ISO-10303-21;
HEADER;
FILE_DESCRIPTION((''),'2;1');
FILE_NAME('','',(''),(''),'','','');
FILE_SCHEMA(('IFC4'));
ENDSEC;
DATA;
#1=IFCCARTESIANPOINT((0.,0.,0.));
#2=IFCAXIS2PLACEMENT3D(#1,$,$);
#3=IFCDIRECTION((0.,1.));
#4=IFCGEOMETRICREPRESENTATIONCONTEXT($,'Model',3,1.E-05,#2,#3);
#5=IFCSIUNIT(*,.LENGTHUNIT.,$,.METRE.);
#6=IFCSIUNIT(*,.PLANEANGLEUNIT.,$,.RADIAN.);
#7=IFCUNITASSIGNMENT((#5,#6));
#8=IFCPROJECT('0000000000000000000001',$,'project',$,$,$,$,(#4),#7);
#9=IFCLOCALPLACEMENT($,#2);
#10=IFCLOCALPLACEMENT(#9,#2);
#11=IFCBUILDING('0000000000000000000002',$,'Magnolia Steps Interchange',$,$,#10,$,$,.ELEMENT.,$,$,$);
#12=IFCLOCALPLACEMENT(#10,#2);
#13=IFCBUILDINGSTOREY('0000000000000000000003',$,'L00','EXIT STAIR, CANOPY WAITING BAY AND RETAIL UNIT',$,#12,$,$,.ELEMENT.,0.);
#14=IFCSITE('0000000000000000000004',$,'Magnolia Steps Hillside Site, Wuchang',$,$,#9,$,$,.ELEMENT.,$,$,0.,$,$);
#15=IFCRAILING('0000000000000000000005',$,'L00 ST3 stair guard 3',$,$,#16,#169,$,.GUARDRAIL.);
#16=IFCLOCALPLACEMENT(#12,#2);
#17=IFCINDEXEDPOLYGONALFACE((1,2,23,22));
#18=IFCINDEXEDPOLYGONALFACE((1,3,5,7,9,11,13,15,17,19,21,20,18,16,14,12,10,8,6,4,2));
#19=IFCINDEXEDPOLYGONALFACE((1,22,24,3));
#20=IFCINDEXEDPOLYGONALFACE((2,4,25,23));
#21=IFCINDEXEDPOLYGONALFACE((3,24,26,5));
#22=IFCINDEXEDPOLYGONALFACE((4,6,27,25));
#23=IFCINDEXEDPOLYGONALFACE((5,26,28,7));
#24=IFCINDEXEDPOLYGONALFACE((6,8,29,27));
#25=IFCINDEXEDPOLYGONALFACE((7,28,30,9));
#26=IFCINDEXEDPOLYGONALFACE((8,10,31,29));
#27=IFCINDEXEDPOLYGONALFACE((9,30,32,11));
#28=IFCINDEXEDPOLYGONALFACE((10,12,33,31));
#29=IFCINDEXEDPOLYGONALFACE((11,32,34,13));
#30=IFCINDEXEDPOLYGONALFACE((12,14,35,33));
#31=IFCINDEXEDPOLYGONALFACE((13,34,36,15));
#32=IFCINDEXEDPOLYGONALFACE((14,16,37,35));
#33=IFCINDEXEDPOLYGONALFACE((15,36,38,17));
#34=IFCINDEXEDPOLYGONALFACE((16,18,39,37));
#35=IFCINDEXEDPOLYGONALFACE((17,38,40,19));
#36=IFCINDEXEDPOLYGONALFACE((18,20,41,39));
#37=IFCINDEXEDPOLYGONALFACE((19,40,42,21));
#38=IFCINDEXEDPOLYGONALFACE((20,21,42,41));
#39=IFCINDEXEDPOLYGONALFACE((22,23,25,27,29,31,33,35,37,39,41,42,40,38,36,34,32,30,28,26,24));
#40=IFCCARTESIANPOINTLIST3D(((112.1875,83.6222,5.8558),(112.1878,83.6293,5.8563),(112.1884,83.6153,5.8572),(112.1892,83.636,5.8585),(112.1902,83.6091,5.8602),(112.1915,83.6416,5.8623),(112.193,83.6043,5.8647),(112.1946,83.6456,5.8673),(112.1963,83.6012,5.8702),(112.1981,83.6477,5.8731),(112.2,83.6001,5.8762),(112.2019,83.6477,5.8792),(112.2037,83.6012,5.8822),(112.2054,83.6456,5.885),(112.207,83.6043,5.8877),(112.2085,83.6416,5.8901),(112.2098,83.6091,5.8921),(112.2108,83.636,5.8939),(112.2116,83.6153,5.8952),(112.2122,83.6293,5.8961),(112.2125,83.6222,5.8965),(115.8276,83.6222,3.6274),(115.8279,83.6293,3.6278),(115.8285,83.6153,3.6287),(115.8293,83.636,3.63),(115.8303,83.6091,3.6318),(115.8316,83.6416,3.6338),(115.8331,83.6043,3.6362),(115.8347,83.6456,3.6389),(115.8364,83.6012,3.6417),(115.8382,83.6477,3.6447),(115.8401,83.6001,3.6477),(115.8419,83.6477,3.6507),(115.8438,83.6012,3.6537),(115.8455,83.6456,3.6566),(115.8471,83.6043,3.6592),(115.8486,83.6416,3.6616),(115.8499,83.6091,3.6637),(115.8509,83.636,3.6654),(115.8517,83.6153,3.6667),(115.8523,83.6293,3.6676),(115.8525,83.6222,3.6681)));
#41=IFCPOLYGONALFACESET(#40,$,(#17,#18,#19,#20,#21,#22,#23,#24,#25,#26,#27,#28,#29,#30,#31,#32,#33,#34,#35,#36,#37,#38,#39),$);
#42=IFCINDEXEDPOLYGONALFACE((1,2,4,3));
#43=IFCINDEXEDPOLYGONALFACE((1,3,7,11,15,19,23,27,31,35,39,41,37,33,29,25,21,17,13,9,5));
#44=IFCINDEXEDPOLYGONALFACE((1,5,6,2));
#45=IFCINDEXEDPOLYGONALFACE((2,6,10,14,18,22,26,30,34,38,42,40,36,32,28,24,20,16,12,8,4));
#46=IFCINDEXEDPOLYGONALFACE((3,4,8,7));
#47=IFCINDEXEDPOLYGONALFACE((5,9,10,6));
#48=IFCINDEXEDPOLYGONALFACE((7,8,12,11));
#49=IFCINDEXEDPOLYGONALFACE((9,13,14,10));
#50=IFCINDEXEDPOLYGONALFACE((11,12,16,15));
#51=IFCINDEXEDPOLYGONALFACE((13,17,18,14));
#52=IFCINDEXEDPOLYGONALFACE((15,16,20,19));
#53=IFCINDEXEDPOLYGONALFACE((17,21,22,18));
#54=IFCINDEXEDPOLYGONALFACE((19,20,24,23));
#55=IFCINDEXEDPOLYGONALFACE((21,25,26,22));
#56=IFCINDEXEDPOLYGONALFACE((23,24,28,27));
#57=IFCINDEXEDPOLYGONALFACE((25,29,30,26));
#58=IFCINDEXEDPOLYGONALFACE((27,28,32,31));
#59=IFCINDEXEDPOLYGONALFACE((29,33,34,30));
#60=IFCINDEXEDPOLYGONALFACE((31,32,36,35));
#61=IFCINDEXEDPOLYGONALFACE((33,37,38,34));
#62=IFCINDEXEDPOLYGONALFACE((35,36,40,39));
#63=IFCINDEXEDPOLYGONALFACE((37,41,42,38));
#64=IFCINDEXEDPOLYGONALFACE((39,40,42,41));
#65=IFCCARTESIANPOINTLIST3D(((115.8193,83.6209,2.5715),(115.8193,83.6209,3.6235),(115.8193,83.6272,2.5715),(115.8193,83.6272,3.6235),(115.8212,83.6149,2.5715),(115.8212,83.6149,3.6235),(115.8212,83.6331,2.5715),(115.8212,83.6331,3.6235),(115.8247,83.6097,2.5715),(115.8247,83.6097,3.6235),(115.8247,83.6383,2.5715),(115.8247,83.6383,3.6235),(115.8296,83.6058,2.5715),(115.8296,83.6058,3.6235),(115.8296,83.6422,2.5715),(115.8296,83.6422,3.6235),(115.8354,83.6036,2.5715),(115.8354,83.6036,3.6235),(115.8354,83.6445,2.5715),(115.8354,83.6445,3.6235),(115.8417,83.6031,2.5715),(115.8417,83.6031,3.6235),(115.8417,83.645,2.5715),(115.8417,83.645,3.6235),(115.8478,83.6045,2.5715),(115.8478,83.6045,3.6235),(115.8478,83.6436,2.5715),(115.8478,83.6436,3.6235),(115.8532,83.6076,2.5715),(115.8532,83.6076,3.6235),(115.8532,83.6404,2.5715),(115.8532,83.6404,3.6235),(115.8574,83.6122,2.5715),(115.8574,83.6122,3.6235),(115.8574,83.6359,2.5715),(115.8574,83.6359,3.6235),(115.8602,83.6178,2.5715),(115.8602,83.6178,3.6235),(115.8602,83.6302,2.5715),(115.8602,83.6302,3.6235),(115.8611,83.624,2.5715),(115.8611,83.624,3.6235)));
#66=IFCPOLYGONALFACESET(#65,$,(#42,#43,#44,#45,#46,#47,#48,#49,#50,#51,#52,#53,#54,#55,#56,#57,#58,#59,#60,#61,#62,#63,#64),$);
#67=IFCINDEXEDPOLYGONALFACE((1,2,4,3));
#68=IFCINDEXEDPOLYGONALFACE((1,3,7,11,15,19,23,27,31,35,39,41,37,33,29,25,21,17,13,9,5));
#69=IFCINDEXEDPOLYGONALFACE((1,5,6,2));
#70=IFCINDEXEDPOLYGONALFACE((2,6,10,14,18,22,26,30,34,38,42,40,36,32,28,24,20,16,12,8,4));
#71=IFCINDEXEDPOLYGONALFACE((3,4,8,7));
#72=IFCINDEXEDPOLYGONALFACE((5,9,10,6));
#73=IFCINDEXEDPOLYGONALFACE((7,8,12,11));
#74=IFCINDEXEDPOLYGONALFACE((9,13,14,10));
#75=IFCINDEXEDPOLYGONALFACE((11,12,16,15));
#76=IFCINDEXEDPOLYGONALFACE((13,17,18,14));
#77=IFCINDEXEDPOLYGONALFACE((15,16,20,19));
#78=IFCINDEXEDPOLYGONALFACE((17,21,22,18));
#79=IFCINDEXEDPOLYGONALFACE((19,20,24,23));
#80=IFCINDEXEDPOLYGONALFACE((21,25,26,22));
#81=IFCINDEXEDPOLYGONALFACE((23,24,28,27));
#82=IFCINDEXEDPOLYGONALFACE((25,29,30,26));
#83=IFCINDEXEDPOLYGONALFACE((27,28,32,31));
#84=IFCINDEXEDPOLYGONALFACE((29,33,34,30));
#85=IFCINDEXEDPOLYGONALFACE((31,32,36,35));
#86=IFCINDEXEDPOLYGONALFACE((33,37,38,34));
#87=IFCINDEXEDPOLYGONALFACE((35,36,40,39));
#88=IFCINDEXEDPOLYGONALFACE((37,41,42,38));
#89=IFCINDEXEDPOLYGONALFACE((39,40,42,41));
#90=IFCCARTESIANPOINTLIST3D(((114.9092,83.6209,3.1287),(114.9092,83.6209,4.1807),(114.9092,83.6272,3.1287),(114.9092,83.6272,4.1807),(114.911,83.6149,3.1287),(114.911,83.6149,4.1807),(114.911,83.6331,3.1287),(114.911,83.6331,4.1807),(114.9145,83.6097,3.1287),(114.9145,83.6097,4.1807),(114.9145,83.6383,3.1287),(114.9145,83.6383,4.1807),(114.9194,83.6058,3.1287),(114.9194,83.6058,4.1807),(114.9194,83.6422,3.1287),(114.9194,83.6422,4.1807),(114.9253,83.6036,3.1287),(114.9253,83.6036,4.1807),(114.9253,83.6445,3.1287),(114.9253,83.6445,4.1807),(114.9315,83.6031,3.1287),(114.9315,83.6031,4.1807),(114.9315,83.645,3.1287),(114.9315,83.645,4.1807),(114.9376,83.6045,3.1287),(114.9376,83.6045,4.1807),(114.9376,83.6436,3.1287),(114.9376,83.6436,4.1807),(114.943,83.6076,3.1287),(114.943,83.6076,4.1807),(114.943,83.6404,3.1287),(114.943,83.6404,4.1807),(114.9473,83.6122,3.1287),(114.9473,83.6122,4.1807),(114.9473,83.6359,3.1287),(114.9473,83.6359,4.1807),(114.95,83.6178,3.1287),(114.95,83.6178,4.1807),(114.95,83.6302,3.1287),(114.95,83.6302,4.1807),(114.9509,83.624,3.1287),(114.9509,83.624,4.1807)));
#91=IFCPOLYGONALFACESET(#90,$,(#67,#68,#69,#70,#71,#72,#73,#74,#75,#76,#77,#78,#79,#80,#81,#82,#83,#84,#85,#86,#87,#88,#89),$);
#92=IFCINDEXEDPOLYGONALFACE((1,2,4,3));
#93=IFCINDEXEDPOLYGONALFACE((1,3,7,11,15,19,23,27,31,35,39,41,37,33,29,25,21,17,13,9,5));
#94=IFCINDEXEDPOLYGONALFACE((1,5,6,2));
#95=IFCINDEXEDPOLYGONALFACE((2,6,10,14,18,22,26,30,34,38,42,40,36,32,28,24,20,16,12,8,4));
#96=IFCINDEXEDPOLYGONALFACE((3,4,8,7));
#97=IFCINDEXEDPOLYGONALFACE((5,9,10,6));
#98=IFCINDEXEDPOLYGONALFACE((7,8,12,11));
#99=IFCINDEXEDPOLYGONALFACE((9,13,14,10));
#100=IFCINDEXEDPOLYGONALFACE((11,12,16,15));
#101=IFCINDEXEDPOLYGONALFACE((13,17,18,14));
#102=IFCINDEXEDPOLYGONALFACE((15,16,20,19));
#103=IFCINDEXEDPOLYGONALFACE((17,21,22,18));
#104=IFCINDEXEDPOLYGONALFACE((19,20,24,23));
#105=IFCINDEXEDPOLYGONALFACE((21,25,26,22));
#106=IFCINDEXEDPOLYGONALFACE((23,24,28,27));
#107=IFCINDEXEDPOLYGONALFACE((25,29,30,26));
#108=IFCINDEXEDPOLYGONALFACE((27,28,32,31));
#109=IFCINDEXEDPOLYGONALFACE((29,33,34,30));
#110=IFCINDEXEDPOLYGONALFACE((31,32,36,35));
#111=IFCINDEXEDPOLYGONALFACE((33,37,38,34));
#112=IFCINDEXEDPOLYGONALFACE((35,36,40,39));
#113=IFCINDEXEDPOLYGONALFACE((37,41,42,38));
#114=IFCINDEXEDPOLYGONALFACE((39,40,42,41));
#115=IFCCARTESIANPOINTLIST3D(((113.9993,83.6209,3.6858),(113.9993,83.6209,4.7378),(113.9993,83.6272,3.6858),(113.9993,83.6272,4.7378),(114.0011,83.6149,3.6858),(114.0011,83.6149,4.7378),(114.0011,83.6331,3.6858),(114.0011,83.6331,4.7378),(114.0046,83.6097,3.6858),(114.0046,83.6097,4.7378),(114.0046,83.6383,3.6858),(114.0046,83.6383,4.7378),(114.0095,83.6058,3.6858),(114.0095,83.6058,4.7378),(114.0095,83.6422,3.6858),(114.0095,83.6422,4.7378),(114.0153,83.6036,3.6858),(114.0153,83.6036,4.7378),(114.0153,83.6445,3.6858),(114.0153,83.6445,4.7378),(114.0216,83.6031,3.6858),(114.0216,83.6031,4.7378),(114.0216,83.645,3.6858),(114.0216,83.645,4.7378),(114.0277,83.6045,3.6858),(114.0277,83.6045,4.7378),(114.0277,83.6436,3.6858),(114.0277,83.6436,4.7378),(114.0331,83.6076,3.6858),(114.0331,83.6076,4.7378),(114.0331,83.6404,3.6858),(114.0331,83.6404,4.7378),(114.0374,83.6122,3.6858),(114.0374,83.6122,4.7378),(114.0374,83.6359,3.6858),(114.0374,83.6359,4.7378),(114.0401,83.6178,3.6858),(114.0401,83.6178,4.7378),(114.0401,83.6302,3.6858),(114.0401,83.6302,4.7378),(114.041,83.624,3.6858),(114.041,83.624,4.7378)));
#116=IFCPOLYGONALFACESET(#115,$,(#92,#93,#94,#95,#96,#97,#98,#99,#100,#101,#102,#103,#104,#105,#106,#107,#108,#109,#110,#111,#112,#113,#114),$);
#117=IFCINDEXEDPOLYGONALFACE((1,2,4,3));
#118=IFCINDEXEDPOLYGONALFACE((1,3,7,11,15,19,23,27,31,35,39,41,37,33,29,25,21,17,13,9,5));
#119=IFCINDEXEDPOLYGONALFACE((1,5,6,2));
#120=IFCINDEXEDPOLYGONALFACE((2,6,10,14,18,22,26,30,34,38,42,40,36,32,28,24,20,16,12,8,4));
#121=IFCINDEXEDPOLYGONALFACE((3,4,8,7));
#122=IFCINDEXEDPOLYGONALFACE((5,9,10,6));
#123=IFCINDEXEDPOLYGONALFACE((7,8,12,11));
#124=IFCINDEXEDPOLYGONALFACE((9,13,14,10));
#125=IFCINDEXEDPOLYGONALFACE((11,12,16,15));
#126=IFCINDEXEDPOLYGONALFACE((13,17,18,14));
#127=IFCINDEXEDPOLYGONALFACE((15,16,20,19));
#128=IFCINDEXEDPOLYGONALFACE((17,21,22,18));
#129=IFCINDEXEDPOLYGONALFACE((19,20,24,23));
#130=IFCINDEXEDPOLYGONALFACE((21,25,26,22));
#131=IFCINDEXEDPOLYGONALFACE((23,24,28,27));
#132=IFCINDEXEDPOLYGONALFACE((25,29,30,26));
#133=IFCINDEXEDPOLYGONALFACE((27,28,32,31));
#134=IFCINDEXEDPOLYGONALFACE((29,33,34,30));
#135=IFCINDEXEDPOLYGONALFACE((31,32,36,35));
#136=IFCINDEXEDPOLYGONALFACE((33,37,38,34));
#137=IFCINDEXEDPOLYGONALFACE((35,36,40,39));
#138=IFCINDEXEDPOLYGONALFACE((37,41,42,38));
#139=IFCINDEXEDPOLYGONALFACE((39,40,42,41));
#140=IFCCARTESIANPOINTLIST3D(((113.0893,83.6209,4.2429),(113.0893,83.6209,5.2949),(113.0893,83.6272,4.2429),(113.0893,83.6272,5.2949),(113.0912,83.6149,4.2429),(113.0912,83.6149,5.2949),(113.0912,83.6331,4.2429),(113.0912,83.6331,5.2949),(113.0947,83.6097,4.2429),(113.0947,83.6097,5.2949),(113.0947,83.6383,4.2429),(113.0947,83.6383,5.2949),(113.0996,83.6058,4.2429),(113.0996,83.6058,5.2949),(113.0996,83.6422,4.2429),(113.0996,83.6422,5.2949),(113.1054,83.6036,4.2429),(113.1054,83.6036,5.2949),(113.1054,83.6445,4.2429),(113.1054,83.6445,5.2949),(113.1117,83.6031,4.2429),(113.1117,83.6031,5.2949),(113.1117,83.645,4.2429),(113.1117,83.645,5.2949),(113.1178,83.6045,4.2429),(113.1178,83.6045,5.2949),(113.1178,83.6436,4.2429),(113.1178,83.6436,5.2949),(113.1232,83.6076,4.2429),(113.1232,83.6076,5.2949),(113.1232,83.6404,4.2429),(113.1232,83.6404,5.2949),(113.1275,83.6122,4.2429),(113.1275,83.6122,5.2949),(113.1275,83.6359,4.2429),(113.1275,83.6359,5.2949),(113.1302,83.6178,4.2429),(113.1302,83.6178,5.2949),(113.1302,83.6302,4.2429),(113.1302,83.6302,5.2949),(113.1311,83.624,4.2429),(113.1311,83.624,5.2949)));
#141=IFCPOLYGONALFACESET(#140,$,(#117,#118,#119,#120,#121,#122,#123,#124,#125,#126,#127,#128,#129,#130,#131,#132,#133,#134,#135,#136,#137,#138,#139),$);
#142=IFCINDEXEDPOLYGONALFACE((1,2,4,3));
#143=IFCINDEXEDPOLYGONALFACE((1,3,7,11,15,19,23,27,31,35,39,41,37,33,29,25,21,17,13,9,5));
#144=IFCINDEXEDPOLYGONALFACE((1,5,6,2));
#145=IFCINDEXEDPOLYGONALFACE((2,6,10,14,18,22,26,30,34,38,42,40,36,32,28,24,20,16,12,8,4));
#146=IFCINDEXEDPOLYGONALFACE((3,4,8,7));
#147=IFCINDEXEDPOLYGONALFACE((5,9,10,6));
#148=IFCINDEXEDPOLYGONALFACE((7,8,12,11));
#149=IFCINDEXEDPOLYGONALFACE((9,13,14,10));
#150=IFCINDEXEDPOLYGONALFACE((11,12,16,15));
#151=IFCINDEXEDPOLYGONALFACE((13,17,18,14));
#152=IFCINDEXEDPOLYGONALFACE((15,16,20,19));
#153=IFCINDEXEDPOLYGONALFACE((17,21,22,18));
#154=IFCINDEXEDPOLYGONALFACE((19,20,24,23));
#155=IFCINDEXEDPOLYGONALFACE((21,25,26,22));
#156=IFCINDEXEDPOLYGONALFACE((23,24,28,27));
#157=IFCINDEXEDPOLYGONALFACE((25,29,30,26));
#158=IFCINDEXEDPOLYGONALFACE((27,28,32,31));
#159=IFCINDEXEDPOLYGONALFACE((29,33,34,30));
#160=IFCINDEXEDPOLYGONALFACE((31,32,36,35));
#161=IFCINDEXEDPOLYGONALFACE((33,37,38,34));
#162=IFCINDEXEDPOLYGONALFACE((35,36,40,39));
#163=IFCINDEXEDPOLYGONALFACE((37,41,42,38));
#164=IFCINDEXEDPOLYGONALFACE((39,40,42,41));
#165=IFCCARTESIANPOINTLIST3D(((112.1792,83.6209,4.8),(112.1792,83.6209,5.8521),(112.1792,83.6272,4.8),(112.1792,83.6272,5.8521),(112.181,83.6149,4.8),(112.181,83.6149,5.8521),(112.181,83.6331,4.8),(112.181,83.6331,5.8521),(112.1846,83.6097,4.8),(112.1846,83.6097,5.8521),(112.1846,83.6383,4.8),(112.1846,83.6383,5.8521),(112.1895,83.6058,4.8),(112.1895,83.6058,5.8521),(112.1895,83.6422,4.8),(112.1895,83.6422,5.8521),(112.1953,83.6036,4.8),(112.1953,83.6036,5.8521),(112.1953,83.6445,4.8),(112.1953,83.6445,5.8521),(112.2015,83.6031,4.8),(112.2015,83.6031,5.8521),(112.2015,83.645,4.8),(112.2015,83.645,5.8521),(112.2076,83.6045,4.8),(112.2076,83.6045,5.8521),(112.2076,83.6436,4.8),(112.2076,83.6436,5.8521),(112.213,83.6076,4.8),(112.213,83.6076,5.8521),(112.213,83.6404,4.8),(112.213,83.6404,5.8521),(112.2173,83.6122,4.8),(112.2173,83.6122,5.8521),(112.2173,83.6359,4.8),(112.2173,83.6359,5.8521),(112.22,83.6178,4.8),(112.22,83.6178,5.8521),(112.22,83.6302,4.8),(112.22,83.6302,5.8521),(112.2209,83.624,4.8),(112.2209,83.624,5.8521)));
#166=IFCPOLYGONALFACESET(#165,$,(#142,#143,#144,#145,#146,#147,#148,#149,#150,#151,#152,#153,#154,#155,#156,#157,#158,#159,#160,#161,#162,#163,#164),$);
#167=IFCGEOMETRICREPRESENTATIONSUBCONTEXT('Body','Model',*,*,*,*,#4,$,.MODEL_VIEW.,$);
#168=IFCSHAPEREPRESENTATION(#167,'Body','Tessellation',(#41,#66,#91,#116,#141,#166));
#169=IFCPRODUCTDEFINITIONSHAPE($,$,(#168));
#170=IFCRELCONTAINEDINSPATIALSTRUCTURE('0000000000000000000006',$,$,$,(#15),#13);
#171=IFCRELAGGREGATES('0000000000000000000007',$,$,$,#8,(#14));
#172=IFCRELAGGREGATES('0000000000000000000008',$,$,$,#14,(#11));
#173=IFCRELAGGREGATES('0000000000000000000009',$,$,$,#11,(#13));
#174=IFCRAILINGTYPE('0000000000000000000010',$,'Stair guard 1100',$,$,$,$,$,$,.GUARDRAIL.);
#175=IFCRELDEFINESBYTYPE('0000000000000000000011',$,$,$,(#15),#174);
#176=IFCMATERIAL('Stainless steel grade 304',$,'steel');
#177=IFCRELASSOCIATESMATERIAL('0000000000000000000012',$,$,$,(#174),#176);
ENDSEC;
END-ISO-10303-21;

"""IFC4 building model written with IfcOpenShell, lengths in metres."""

from ifc_helpers import new_model, si_unit, direction, frame, origin, origin_2d, place, context, subcontext, project, spatial, circle, extrude, material, type_object, element, save


model = new_model("IFC4")

# Units and contexts
model_context = context("Model", 3, precision=1e-05, world=origin(), true_north=direction((0.0, 1.0)))
body_context = subcontext(model_context, "Body", "Model", "MODEL_VIEW")
ifc_project = project(units=[si_unit("LENGTHUNIT", "METRE"), si_unit("PLANEANGLEUNIT", "RADIAN")], contexts=[model_context])

# Site, building, storey
site_placement = place(None, origin())
site = spatial("IfcSite", under=ifc_project, at=site_placement, Name="Magnolia Steps Hillside Site, Wuchang", CompositionType="ELEMENT", RefElevation=0.0)
building_placement = place(site_placement, origin())
building = spatial("IfcBuilding", under=site, at=building_placement, Name="Magnolia Steps Interchange", CompositionType="ELEMENT")
storey_placement = place(building_placement, origin())
storey = spatial("IfcBuildingStorey", under=building, at=storey_placement, Name="L00", Description="EXIT STAIR, CANOPY WAITING BAY AND RETAIL UNIT", CompositionType="ELEMENT", Elevation=0.0)

# Railing
ifc_material_1 = material(Name="Stainless steel grade 304", Category="steel")
railing_type_1 = type_object("IfcRailingType", Name="Stair guard 1100", PredefinedType="GUARDRAIL", material=ifc_material_1)
railing_1_placement = place(storey_placement, frame((115.8401, 83.624, 2.5715)))
element("IfcRailing", 1, at=railing_1_placement, inside=storey, type_object=railing_type_1, Name="L00 ST3 stair guard 3", PredefinedType="GUARDRAIL", context=body_context, shape_type="SweptSolid", body=[
    extrude(circle(Radius=0.0239, at=origin_2d()), frame((0.0, 0.0, 1.0762), z_axis=(-0.852866, 0.0, 0.52213), x_axis=(0.0, -1.0, 0.0)), (0.0, 0.0, 1.0), 4.2681),
    extrude(circle(Radius=0.021, at=origin_2d()), origin(), (0.0, 0.0, 1.0), 1.052),
    extrude(circle(Radius=0.021, at=origin_2d()), frame((-0.9102, 0.0, 0.5571)), (0.0, 0.0, 1.0), 1.052),
    extrude(circle(Radius=0.021, at=origin_2d()), frame((-1.8201, 0.0, 1.1143)), (0.0, 0.0, 1.0), 1.052),
    extrude(circle(Radius=0.021, at=origin_2d()), frame((-2.73, 0.0, 1.6714)), (0.0, 0.0, 1.0), 1.052),
    extrude(circle(Radius=0.021, at=origin_2d()), frame((-3.6401, 0.0, 2.2285)), (0.0, 0.0, 1.0), 1.052),
])

save(model, "model.ifc")
